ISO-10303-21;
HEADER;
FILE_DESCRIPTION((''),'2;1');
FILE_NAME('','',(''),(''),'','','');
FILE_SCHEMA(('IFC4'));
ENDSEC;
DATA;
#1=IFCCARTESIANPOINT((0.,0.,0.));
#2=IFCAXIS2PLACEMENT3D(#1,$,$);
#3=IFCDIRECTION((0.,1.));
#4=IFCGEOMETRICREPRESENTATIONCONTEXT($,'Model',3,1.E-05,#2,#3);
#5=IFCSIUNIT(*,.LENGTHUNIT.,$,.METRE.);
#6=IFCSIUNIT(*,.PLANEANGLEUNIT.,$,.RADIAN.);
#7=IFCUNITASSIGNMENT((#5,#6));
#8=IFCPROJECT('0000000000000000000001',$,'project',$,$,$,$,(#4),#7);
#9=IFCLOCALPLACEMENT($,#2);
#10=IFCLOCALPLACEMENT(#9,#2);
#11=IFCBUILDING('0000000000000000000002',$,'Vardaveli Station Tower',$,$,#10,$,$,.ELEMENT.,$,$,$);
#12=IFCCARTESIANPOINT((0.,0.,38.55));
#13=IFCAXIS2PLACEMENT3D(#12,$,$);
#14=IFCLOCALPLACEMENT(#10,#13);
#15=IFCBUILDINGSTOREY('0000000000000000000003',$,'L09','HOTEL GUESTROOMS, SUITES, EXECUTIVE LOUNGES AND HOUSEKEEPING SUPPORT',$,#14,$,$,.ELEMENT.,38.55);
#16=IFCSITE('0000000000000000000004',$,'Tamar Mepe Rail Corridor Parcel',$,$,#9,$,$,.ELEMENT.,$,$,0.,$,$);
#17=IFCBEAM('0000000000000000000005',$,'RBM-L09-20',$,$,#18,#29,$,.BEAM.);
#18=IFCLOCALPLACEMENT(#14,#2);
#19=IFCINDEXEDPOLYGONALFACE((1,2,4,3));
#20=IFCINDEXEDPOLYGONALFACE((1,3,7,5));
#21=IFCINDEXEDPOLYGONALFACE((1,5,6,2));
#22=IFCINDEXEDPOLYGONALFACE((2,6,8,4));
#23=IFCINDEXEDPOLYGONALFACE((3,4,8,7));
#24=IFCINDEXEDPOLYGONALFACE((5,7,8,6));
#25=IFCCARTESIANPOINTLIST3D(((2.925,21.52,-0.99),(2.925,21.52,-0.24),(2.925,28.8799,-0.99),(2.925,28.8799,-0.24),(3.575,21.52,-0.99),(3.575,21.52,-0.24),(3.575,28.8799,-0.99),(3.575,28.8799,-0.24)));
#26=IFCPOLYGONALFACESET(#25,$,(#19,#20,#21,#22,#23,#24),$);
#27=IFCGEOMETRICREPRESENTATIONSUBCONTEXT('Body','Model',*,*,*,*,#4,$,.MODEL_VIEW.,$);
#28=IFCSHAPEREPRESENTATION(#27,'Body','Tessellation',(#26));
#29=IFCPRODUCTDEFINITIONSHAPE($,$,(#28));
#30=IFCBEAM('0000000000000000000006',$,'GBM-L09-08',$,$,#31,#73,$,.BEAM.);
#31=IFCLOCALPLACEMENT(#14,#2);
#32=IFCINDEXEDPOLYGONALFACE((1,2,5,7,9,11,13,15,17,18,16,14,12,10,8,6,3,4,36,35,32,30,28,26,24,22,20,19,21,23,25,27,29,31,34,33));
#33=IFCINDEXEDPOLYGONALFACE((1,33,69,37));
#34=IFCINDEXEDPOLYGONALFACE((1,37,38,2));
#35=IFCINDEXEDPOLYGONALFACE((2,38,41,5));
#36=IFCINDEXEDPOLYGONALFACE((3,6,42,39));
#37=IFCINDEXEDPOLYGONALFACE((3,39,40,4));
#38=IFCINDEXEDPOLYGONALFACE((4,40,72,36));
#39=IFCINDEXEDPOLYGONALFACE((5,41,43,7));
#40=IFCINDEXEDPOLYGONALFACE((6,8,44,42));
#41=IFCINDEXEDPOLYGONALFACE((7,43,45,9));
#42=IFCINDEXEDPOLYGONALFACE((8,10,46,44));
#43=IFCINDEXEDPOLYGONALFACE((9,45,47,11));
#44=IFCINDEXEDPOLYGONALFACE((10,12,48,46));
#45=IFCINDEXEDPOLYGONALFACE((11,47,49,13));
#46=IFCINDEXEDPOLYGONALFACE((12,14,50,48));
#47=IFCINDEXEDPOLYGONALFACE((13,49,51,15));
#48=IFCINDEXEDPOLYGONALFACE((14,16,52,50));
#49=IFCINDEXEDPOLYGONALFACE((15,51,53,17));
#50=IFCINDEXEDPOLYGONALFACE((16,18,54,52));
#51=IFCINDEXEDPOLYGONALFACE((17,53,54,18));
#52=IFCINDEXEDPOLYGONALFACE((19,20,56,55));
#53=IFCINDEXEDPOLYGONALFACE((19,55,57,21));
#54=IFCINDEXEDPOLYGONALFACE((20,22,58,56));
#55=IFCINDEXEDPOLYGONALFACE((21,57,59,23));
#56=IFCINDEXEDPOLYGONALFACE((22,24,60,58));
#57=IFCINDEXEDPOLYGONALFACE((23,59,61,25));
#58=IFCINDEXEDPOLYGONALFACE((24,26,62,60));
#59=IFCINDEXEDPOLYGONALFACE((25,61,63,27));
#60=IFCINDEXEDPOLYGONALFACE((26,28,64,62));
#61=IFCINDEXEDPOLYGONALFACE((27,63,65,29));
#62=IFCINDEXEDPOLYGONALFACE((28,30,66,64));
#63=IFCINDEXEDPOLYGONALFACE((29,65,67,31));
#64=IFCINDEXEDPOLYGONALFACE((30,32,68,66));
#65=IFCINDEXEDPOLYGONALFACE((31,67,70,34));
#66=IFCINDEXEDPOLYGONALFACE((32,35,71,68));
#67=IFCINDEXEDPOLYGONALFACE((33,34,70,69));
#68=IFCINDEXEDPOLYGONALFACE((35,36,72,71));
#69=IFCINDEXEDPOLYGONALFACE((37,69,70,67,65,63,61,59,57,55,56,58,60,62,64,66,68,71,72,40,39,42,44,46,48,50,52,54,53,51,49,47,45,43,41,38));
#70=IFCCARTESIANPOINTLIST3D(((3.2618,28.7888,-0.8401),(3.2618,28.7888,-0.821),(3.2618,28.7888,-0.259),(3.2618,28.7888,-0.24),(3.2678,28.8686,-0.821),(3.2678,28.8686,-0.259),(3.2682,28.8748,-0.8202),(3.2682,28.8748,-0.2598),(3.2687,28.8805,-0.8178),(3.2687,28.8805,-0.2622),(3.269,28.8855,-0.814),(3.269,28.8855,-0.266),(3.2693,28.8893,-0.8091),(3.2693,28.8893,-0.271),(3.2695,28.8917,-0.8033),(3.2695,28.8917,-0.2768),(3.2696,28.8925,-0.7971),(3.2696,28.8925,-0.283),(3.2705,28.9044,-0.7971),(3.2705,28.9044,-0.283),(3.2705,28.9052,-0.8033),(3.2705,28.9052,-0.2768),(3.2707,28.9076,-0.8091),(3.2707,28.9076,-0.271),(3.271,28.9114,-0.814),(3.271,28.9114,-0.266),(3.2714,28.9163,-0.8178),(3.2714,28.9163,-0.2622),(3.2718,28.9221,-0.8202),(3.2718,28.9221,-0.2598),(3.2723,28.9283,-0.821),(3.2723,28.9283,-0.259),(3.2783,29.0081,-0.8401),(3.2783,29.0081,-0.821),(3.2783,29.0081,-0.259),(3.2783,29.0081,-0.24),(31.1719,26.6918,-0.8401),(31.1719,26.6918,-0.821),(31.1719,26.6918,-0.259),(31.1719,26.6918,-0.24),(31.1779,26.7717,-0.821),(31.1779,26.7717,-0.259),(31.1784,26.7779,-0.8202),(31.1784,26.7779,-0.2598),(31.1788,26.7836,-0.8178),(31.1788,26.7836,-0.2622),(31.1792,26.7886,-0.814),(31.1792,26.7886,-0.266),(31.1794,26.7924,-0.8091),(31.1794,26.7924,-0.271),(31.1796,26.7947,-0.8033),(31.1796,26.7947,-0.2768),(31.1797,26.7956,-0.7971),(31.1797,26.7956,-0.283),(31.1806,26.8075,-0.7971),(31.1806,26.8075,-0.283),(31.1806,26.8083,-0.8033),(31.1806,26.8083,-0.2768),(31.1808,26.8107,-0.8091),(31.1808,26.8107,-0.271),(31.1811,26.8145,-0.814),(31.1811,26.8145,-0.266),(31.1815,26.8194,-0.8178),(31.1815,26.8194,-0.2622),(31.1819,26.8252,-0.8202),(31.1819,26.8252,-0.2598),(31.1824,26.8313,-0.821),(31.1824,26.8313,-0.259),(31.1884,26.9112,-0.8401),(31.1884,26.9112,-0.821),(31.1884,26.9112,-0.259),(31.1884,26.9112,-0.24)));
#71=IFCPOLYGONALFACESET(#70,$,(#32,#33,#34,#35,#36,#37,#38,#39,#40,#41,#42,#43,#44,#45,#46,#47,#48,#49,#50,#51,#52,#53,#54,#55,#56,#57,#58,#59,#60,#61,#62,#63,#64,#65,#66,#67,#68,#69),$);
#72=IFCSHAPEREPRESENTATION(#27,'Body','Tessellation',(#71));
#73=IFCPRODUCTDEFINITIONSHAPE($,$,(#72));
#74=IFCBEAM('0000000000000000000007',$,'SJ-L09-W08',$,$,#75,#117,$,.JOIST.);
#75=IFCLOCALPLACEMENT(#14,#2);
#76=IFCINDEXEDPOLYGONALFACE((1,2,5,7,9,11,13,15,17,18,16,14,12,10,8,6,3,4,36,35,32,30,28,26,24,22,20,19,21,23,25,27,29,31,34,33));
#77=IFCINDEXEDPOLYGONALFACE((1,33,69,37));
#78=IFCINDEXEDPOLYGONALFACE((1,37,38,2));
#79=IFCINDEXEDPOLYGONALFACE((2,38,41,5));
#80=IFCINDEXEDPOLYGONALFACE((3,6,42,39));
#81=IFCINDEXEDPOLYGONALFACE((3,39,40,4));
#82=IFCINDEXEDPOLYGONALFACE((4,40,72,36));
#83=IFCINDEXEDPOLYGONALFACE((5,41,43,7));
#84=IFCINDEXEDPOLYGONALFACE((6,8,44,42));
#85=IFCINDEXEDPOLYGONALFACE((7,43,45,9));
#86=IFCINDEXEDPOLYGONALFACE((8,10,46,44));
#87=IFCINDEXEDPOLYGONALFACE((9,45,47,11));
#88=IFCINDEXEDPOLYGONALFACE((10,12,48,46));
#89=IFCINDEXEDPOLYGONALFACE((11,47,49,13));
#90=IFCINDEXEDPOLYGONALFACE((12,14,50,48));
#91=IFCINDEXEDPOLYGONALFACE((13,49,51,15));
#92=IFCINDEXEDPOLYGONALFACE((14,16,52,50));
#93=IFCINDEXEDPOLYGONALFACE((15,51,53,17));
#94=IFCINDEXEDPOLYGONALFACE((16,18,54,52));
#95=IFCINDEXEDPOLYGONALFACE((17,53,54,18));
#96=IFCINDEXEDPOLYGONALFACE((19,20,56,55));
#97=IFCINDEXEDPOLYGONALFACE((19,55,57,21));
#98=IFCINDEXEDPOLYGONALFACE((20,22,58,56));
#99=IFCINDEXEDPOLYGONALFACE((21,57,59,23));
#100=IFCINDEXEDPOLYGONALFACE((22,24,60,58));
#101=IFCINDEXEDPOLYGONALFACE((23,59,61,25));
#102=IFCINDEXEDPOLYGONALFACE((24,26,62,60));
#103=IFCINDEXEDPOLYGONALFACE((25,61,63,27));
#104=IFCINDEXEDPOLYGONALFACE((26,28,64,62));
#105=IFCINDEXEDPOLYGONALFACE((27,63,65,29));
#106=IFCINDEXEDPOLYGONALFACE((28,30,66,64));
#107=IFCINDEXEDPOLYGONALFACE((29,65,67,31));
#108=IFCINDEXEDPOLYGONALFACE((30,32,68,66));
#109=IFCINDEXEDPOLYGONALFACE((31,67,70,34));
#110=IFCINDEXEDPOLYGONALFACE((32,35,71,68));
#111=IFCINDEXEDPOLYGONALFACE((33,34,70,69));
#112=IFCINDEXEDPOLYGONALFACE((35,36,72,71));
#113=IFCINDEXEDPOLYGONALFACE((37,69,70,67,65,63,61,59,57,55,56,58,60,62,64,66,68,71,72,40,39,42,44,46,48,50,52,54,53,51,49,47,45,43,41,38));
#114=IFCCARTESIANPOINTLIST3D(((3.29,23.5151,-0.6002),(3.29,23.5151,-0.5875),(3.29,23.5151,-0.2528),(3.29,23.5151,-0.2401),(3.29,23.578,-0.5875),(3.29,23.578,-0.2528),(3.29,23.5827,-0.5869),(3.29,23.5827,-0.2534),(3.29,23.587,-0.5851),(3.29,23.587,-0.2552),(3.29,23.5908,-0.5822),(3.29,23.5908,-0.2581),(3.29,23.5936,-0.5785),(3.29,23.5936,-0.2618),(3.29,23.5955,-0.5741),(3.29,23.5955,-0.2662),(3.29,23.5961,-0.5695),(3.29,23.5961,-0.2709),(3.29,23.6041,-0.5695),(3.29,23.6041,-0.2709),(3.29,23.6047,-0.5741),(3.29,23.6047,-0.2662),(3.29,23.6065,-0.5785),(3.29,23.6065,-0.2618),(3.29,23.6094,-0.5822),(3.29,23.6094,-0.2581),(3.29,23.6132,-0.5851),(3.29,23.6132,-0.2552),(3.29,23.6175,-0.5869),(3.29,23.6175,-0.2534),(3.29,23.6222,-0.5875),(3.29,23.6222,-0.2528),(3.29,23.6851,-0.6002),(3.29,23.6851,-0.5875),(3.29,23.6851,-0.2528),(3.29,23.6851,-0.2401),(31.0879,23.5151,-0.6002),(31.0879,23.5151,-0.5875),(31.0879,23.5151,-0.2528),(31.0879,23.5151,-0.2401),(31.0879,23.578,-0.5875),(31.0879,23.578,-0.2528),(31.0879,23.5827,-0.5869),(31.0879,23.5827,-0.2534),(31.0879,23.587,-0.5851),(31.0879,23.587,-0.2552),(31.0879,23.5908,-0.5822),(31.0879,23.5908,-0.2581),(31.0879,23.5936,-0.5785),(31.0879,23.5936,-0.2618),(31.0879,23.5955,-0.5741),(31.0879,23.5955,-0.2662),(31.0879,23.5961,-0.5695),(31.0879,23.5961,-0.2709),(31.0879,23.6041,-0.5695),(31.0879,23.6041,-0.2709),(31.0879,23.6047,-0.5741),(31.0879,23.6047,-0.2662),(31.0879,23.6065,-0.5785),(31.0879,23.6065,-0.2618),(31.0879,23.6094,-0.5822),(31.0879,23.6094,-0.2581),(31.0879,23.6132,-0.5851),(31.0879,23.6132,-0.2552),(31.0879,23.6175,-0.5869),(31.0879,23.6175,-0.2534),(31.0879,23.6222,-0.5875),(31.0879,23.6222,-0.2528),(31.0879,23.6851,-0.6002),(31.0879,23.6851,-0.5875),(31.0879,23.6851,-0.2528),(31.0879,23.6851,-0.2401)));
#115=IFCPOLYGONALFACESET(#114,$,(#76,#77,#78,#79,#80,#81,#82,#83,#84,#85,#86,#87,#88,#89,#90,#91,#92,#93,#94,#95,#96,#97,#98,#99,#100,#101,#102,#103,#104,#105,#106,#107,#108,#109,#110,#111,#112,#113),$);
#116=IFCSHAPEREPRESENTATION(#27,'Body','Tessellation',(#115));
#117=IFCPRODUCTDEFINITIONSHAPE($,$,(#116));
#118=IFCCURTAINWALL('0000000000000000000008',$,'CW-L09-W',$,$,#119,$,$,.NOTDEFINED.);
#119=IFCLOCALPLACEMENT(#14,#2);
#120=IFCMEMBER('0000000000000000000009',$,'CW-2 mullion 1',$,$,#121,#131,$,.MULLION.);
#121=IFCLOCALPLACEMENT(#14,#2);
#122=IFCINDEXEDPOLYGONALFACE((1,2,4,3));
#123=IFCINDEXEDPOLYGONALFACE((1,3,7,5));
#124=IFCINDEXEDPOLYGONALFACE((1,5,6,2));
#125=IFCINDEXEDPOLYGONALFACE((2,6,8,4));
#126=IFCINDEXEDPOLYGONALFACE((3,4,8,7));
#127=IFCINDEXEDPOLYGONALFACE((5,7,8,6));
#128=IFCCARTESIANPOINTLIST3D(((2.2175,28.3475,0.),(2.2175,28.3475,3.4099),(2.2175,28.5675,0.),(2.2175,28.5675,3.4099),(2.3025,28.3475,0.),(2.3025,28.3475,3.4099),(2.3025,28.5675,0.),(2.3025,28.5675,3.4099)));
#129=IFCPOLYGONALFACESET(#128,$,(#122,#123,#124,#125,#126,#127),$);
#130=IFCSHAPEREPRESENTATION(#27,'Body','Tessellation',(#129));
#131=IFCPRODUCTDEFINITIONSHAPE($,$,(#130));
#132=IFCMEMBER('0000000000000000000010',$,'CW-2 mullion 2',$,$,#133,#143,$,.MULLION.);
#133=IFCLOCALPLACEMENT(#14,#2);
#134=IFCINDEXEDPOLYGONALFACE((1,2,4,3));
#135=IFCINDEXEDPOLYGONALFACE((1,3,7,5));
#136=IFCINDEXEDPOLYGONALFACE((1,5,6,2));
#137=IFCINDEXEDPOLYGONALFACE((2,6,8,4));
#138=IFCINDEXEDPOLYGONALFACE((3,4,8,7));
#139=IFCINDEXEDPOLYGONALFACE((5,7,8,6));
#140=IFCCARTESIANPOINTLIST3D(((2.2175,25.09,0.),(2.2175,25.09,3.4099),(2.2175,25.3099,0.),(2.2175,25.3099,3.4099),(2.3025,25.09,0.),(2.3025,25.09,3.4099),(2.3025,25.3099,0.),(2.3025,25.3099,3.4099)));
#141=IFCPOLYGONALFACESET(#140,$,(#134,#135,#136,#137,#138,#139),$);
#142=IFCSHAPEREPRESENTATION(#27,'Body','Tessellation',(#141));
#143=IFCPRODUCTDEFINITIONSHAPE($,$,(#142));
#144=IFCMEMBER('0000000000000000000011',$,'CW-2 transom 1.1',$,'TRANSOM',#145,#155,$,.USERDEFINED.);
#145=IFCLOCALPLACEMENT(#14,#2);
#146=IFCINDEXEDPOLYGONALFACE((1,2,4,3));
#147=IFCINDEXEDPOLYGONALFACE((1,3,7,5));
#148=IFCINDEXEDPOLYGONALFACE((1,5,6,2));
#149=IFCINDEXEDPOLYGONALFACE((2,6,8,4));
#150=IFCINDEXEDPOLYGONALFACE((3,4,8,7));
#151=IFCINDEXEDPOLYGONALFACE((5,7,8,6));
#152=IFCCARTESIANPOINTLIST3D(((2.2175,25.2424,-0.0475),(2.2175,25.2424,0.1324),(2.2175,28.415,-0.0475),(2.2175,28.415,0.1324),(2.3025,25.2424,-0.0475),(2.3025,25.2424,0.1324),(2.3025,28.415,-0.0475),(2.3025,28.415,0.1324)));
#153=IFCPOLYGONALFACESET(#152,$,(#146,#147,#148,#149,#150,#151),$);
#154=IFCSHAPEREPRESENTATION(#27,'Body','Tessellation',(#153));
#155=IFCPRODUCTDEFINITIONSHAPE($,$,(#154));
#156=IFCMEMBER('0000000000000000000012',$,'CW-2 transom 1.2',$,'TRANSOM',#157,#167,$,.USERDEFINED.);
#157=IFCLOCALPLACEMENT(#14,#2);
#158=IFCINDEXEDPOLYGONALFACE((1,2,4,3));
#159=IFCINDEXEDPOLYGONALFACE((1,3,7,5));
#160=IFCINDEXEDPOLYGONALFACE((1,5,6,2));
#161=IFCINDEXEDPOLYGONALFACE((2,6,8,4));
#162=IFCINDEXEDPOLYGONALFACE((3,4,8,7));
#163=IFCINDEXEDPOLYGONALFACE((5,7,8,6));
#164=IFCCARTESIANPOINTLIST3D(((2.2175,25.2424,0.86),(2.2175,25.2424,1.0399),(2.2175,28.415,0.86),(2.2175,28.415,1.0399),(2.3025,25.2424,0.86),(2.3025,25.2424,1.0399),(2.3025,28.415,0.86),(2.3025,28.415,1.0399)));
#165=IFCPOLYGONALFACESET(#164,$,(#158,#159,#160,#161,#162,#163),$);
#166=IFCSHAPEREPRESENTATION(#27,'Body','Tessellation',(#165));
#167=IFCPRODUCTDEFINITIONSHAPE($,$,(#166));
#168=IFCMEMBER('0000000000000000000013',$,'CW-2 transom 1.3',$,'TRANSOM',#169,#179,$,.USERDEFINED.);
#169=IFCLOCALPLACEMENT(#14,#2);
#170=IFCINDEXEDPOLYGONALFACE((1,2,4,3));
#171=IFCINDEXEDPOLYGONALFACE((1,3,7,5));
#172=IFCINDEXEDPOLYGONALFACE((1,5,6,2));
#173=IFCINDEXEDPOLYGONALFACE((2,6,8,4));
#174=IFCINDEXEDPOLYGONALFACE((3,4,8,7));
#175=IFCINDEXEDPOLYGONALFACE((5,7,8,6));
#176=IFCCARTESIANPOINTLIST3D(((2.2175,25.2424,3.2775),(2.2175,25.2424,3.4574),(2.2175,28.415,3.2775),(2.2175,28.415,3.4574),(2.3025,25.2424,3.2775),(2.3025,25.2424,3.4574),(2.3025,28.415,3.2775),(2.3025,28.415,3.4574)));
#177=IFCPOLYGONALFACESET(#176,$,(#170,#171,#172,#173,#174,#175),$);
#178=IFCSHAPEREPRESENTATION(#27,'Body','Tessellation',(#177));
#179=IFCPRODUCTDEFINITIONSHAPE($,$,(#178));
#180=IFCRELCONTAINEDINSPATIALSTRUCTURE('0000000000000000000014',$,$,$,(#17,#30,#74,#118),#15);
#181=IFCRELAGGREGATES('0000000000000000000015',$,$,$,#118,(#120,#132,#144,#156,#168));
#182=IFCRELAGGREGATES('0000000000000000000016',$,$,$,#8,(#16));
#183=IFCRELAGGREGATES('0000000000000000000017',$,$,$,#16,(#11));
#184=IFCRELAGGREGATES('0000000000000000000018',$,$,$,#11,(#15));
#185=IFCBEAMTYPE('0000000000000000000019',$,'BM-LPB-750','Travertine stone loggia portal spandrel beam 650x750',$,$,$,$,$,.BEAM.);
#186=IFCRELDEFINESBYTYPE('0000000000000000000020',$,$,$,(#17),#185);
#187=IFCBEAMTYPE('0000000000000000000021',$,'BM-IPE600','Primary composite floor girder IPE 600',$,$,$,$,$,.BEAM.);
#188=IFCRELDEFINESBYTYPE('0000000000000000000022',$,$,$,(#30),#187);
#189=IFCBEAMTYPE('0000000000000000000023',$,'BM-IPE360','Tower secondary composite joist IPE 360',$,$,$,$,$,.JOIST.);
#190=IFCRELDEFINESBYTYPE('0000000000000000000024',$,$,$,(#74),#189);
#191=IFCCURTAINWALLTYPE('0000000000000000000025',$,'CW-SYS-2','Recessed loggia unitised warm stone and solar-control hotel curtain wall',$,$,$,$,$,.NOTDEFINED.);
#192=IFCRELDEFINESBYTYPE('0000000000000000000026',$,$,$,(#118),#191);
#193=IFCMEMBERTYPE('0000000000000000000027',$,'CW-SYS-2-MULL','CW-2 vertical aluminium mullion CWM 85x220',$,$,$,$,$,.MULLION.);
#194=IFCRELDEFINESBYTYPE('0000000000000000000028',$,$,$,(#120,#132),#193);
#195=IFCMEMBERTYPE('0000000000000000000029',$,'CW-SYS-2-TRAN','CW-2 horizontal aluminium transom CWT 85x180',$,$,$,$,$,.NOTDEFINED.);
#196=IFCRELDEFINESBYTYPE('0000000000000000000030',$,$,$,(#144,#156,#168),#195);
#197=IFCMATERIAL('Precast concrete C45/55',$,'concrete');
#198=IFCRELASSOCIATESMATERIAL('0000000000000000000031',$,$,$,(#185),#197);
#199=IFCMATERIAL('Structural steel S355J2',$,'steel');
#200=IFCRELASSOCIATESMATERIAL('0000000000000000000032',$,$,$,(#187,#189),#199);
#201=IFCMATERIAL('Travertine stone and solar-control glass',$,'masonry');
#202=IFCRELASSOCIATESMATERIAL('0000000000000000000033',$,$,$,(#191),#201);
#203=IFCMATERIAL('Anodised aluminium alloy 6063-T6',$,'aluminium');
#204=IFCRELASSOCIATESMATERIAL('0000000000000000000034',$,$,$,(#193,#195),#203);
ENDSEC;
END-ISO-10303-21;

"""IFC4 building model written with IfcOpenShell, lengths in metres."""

from ifc_helpers import new_model, si_unit, direction, frame, origin, origin_2d, place, context, subcontext, project, spatial, rectangle, i_section, extrude, source, transform, mapped, material, material_profile, profile_set, type_object, element, aggregate, save


model = new_model("IFC4")

# Units and contexts
model_context = context("Model", 3, precision=1e-05, world=origin(), true_north=direction((0.0, 1.0)))
body_context = subcontext(model_context, "Body", "Model", "MODEL_VIEW")
ifc_project = project(units=[si_unit("LENGTHUNIT", "METRE"), si_unit("PLANEANGLEUNIT", "RADIAN")], contexts=[model_context])

# Site, building, storey
site_placement = place(None, origin())
site = spatial("IfcSite", under=ifc_project, at=site_placement, Name="Tamar Mepe Rail Corridor Parcel", CompositionType="ELEMENT", RefElevation=0.0)
building_placement = place(site_placement, origin())
building = spatial("IfcBuilding", under=site, at=building_placement, Name="Vardaveli Station Tower", CompositionType="ELEMENT")
storey_placement = place(building_placement, frame((0.0, 0.0, 38.55)))
storey = spatial("IfcBuildingStorey", under=building, at=storey_placement, Name="L09", Description="HOTEL GUESTROOMS, SUITES, EXECUTIVE LOUNGES AND HOUSEKEEPING SUPPORT", CompositionType="ELEMENT", Elevation=38.55)

# Beams
ifc_material_1 = material(Name="Precast concrete C45/55", Category="concrete")
ifc_material_profile_1 = material_profile(ifc_material_1, rectangle(XDim=0.6499, YDim=0.75, at=origin_2d()), Name="LPB 650x750")
ifc_profile_set_1 = profile_set([ifc_material_profile_1], Name="Precast concrete C45/55")
beam_type_1 = type_object("IfcBeamType", Name="BM-LPB-750", Description="Travertine stone loggia portal spandrel beam 650x750", PredefinedType="BEAM", material=ifc_profile_set_1)
shared_shape_1 = source(origin(), body_context, "Body", "SweptSolid", [
    extrude(rectangle(XDim=0.6499, YDim=0.75, at=origin_2d()), origin(), (0.0, 0.0, 1.0), 7.3599),
])
beam_1_placement = place(storey_placement, frame((3.25, 28.8799, -0.615), z_axis=(0.0, -1.0, 0.0), x_axis=(1.0, 0.0, 0.0)))
element("IfcBeam", 1, at=beam_1_placement, inside=storey, type_object=beam_type_1, Name="RBM-L09-20", PredefinedType="BEAM", context=body_context, shape_type="MappedRepresentation", body=[
    mapped(shared_shape_1, transform((0.0, 0.0, 0.0), scale=1.0)),
])
ifc_material_2 = material(Name="Structural steel S355J2", Category="steel")
ifc_material_profile_2 = material_profile(ifc_material_2, i_section(OverallWidth=0.22, OverallDepth=0.6001, WebThickness=0.012, FlangeThickness=0.019, FilletRadius=0.0239, at=origin_2d()), Name="IPE 600")
ifc_profile_set_2 = profile_set([ifc_material_profile_2], Name="Structural steel S355J2")
beam_type_2 = type_object("IfcBeamType", Name="BM-IPE600", Description="Primary composite floor girder IPE 600", PredefinedType="BEAM", material=ifc_profile_set_2)
shared_shape_2 = source(origin(), body_context, "Body", "SweptSolid", [
    extrude(i_section(OverallWidth=0.22, OverallDepth=0.6001, WebThickness=0.012, FlangeThickness=0.019, FilletRadius=0.0239, at=origin_2d()), origin(), (0.0, 0.0, 1.0), 27.9888),
])
beam_2_placement = place(storey_placement, frame((3.27, 28.8984, -0.54), z_axis=(0.99719, -0.07492, 0.0), x_axis=(0.07492, 0.99719, 0.0)))
element("IfcBeam", 2, at=beam_2_placement, inside=storey, type_object=beam_type_2, Name="GBM-L09-08", PredefinedType="BEAM", context=body_context, shape_type="MappedRepresentation", body=[
    mapped(shared_shape_2, transform((0.0, 0.0, 0.0), scale=1.0)),
])
ifc_material_profile_3 = material_profile(ifc_material_2, i_section(OverallWidth=0.1699, OverallDepth=0.3601, WebThickness=0.0081, FlangeThickness=0.0127, FilletRadius=0.0181, at=origin_2d()), Name="IPE 360")
ifc_profile_set_3 = profile_set([ifc_material_profile_3], Name="Structural steel S355J2")
beam_type_3 = type_object("IfcBeamType", Name="BM-IPE360", Description="Tower secondary composite joist IPE 360", PredefinedType="JOIST", material=ifc_profile_set_3)
shared_shape_3 = source(origin(), body_context, "Body", "SweptSolid", [
    extrude(i_section(OverallWidth=0.1699, OverallDepth=0.3601, WebThickness=0.0081, FlangeThickness=0.0127, FilletRadius=0.0181, at=origin_2d()), origin(), (0.0, 0.0, 1.0), 27.7979),
])
beam_3_placement = place(storey_placement, frame((3.29, 23.6001, -0.4202), z_axis=(1.0, 0.0, 0.0), x_axis=(0.0, 1.0, 0.0)))
element("IfcBeam", 3, at=beam_3_placement, inside=storey, type_object=beam_type_3, Name="SJ-L09-W08", PredefinedType="JOIST", context=body_context, shape_type="MappedRepresentation", body=[
    mapped(shared_shape_3, transform((0.0, 0.0, 0.0), scale=1.0)),
])

# Curtain wall, members
ifc_material_3 = material(Name="Travertine stone and solar-control glass", Category="masonry")
curtain_wall_type = type_object("IfcCurtainWallType", Name="CW-SYS-2", Description="Recessed loggia unitised warm stone and solar-control hotel curtain wall", PredefinedType="NOTDEFINED", material=ifc_material_3)
curtain_wall_placement = place(storey_placement, origin())
curtain_wall = element("IfcCurtainWall", 4, at=curtain_wall_placement, inside=storey, type_object=curtain_wall_type, Name="CW-L09-W", PredefinedType="NOTDEFINED")
ifc_material_4 = material(Name="Anodised aluminium alloy 6063-T6", Category="aluminium")
ifc_material_profile_4 = material_profile(ifc_material_4, rectangle(XDim=0.085, YDim=0.22, at=origin_2d()), Name="CWM 85x220")
ifc_profile_set_4 = profile_set([ifc_material_profile_4], Name="Anodised aluminium alloy 6063-T6")
member_type_1 = type_object("IfcMemberType", Name="CW-SYS-2-MULL", Description="CW-2 vertical aluminium mullion CWM 85x220", PredefinedType="MULLION", material=ifc_profile_set_4)
shared_shape_4 = source(origin(), body_context, "Body", "SweptSolid", [
    extrude(rectangle(XDim=0.085, YDim=0.22, at=origin_2d()), origin(), (0.0, 0.0, 1.0), 3.4099),
])
member_1_placement = place(storey_placement, frame((2.26, 28.4575, 0.0), z_axis=(0.0, 0.0, 1.0), x_axis=(1.0, 0.0, 0.0)))
member_1 = element("IfcMember", 5, at=member_1_placement, type_object=member_type_1, Name="CW-2 mullion 1", PredefinedType="MULLION", context=body_context, shape_type="MappedRepresentation", body=[
    mapped(shared_shape_4, transform((0.0, 0.0, 0.0), scale=1.0)),
])
member_2_placement = place(storey_placement, frame((2.26, 25.2, 0.0), z_axis=(0.0, 0.0, 1.0), x_axis=(1.0, 0.0, 0.0)))
member_2 = element("IfcMember", 6, at=member_2_placement, type_object=member_type_1, Name="CW-2 mullion 2", PredefinedType="MULLION", context=body_context, shape_type="MappedRepresentation", body=[
    mapped(shared_shape_4, transform((0.0, 0.0, 0.0), scale=1.0)),
])
ifc_material_profile_5 = material_profile(ifc_material_4, rectangle(XDim=0.085, YDim=0.1799, at=origin_2d()), Name="CWT 85x180")
ifc_profile_set_5 = profile_set([ifc_material_profile_5], Name="Anodised aluminium alloy 6063-T6")
member_type_2 = type_object("IfcMemberType", Name="CW-SYS-2-TRAN", Description="CW-2 horizontal aluminium transom CWT 85x180", PredefinedType="NOTDEFINED", material=ifc_profile_set_5)
shared_shape_5 = source(origin(), body_context, "Body", "SweptSolid", [
    extrude(rectangle(XDim=0.085, YDim=0.1799, at=origin_2d()), origin(), (0.0, 0.0, 1.0), 3.1726),
])
member_3_placement = place(storey_placement, frame((2.26, 28.415, 0.0425), z_axis=(0.0, -1.0, 0.0), x_axis=(1.0, 0.0, 0.0)))
member_3 = element("IfcMember", 7, at=member_3_placement, type_object=member_type_2, Name="CW-2 transom 1.1", ObjectType="TRANSOM", PredefinedType="USERDEFINED", context=body_context, shape_type="MappedRepresentation", body=[
    mapped(shared_shape_5, transform((0.0, 0.0, 0.0), scale=1.0)),
])
member_4_placement = place(storey_placement, frame((2.26, 28.415, 0.95), z_axis=(0.0, -1.0, 0.0), x_axis=(1.0, 0.0, 0.0)))
member_4 = element("IfcMember", 8, at=member_4_placement, type_object=member_type_2, Name="CW-2 transom 1.2", ObjectType="TRANSOM", PredefinedType="USERDEFINED", context=body_context, shape_type="MappedRepresentation", body=[
    mapped(shared_shape_5, transform((0.0, 0.0, 0.0), scale=1.0)),
])
member_5_placement = place(storey_placement, frame((2.26, 28.415, 3.3674), z_axis=(0.0, -1.0, 0.0), x_axis=(1.0, 0.0, 0.0)))
member_5 = element("IfcMember", 9, at=member_5_placement, type_object=member_type_2, Name="CW-2 transom 1.3", ObjectType="TRANSOM", PredefinedType="USERDEFINED", context=body_context, shape_type="MappedRepresentation", body=[
    mapped(shared_shape_5, transform((0.0, 0.0, 0.0), scale=1.0)),
])
aggregate(curtain_wall, [member_1, member_2, member_3, member_4, member_5])

save(model, "model.ifc")
